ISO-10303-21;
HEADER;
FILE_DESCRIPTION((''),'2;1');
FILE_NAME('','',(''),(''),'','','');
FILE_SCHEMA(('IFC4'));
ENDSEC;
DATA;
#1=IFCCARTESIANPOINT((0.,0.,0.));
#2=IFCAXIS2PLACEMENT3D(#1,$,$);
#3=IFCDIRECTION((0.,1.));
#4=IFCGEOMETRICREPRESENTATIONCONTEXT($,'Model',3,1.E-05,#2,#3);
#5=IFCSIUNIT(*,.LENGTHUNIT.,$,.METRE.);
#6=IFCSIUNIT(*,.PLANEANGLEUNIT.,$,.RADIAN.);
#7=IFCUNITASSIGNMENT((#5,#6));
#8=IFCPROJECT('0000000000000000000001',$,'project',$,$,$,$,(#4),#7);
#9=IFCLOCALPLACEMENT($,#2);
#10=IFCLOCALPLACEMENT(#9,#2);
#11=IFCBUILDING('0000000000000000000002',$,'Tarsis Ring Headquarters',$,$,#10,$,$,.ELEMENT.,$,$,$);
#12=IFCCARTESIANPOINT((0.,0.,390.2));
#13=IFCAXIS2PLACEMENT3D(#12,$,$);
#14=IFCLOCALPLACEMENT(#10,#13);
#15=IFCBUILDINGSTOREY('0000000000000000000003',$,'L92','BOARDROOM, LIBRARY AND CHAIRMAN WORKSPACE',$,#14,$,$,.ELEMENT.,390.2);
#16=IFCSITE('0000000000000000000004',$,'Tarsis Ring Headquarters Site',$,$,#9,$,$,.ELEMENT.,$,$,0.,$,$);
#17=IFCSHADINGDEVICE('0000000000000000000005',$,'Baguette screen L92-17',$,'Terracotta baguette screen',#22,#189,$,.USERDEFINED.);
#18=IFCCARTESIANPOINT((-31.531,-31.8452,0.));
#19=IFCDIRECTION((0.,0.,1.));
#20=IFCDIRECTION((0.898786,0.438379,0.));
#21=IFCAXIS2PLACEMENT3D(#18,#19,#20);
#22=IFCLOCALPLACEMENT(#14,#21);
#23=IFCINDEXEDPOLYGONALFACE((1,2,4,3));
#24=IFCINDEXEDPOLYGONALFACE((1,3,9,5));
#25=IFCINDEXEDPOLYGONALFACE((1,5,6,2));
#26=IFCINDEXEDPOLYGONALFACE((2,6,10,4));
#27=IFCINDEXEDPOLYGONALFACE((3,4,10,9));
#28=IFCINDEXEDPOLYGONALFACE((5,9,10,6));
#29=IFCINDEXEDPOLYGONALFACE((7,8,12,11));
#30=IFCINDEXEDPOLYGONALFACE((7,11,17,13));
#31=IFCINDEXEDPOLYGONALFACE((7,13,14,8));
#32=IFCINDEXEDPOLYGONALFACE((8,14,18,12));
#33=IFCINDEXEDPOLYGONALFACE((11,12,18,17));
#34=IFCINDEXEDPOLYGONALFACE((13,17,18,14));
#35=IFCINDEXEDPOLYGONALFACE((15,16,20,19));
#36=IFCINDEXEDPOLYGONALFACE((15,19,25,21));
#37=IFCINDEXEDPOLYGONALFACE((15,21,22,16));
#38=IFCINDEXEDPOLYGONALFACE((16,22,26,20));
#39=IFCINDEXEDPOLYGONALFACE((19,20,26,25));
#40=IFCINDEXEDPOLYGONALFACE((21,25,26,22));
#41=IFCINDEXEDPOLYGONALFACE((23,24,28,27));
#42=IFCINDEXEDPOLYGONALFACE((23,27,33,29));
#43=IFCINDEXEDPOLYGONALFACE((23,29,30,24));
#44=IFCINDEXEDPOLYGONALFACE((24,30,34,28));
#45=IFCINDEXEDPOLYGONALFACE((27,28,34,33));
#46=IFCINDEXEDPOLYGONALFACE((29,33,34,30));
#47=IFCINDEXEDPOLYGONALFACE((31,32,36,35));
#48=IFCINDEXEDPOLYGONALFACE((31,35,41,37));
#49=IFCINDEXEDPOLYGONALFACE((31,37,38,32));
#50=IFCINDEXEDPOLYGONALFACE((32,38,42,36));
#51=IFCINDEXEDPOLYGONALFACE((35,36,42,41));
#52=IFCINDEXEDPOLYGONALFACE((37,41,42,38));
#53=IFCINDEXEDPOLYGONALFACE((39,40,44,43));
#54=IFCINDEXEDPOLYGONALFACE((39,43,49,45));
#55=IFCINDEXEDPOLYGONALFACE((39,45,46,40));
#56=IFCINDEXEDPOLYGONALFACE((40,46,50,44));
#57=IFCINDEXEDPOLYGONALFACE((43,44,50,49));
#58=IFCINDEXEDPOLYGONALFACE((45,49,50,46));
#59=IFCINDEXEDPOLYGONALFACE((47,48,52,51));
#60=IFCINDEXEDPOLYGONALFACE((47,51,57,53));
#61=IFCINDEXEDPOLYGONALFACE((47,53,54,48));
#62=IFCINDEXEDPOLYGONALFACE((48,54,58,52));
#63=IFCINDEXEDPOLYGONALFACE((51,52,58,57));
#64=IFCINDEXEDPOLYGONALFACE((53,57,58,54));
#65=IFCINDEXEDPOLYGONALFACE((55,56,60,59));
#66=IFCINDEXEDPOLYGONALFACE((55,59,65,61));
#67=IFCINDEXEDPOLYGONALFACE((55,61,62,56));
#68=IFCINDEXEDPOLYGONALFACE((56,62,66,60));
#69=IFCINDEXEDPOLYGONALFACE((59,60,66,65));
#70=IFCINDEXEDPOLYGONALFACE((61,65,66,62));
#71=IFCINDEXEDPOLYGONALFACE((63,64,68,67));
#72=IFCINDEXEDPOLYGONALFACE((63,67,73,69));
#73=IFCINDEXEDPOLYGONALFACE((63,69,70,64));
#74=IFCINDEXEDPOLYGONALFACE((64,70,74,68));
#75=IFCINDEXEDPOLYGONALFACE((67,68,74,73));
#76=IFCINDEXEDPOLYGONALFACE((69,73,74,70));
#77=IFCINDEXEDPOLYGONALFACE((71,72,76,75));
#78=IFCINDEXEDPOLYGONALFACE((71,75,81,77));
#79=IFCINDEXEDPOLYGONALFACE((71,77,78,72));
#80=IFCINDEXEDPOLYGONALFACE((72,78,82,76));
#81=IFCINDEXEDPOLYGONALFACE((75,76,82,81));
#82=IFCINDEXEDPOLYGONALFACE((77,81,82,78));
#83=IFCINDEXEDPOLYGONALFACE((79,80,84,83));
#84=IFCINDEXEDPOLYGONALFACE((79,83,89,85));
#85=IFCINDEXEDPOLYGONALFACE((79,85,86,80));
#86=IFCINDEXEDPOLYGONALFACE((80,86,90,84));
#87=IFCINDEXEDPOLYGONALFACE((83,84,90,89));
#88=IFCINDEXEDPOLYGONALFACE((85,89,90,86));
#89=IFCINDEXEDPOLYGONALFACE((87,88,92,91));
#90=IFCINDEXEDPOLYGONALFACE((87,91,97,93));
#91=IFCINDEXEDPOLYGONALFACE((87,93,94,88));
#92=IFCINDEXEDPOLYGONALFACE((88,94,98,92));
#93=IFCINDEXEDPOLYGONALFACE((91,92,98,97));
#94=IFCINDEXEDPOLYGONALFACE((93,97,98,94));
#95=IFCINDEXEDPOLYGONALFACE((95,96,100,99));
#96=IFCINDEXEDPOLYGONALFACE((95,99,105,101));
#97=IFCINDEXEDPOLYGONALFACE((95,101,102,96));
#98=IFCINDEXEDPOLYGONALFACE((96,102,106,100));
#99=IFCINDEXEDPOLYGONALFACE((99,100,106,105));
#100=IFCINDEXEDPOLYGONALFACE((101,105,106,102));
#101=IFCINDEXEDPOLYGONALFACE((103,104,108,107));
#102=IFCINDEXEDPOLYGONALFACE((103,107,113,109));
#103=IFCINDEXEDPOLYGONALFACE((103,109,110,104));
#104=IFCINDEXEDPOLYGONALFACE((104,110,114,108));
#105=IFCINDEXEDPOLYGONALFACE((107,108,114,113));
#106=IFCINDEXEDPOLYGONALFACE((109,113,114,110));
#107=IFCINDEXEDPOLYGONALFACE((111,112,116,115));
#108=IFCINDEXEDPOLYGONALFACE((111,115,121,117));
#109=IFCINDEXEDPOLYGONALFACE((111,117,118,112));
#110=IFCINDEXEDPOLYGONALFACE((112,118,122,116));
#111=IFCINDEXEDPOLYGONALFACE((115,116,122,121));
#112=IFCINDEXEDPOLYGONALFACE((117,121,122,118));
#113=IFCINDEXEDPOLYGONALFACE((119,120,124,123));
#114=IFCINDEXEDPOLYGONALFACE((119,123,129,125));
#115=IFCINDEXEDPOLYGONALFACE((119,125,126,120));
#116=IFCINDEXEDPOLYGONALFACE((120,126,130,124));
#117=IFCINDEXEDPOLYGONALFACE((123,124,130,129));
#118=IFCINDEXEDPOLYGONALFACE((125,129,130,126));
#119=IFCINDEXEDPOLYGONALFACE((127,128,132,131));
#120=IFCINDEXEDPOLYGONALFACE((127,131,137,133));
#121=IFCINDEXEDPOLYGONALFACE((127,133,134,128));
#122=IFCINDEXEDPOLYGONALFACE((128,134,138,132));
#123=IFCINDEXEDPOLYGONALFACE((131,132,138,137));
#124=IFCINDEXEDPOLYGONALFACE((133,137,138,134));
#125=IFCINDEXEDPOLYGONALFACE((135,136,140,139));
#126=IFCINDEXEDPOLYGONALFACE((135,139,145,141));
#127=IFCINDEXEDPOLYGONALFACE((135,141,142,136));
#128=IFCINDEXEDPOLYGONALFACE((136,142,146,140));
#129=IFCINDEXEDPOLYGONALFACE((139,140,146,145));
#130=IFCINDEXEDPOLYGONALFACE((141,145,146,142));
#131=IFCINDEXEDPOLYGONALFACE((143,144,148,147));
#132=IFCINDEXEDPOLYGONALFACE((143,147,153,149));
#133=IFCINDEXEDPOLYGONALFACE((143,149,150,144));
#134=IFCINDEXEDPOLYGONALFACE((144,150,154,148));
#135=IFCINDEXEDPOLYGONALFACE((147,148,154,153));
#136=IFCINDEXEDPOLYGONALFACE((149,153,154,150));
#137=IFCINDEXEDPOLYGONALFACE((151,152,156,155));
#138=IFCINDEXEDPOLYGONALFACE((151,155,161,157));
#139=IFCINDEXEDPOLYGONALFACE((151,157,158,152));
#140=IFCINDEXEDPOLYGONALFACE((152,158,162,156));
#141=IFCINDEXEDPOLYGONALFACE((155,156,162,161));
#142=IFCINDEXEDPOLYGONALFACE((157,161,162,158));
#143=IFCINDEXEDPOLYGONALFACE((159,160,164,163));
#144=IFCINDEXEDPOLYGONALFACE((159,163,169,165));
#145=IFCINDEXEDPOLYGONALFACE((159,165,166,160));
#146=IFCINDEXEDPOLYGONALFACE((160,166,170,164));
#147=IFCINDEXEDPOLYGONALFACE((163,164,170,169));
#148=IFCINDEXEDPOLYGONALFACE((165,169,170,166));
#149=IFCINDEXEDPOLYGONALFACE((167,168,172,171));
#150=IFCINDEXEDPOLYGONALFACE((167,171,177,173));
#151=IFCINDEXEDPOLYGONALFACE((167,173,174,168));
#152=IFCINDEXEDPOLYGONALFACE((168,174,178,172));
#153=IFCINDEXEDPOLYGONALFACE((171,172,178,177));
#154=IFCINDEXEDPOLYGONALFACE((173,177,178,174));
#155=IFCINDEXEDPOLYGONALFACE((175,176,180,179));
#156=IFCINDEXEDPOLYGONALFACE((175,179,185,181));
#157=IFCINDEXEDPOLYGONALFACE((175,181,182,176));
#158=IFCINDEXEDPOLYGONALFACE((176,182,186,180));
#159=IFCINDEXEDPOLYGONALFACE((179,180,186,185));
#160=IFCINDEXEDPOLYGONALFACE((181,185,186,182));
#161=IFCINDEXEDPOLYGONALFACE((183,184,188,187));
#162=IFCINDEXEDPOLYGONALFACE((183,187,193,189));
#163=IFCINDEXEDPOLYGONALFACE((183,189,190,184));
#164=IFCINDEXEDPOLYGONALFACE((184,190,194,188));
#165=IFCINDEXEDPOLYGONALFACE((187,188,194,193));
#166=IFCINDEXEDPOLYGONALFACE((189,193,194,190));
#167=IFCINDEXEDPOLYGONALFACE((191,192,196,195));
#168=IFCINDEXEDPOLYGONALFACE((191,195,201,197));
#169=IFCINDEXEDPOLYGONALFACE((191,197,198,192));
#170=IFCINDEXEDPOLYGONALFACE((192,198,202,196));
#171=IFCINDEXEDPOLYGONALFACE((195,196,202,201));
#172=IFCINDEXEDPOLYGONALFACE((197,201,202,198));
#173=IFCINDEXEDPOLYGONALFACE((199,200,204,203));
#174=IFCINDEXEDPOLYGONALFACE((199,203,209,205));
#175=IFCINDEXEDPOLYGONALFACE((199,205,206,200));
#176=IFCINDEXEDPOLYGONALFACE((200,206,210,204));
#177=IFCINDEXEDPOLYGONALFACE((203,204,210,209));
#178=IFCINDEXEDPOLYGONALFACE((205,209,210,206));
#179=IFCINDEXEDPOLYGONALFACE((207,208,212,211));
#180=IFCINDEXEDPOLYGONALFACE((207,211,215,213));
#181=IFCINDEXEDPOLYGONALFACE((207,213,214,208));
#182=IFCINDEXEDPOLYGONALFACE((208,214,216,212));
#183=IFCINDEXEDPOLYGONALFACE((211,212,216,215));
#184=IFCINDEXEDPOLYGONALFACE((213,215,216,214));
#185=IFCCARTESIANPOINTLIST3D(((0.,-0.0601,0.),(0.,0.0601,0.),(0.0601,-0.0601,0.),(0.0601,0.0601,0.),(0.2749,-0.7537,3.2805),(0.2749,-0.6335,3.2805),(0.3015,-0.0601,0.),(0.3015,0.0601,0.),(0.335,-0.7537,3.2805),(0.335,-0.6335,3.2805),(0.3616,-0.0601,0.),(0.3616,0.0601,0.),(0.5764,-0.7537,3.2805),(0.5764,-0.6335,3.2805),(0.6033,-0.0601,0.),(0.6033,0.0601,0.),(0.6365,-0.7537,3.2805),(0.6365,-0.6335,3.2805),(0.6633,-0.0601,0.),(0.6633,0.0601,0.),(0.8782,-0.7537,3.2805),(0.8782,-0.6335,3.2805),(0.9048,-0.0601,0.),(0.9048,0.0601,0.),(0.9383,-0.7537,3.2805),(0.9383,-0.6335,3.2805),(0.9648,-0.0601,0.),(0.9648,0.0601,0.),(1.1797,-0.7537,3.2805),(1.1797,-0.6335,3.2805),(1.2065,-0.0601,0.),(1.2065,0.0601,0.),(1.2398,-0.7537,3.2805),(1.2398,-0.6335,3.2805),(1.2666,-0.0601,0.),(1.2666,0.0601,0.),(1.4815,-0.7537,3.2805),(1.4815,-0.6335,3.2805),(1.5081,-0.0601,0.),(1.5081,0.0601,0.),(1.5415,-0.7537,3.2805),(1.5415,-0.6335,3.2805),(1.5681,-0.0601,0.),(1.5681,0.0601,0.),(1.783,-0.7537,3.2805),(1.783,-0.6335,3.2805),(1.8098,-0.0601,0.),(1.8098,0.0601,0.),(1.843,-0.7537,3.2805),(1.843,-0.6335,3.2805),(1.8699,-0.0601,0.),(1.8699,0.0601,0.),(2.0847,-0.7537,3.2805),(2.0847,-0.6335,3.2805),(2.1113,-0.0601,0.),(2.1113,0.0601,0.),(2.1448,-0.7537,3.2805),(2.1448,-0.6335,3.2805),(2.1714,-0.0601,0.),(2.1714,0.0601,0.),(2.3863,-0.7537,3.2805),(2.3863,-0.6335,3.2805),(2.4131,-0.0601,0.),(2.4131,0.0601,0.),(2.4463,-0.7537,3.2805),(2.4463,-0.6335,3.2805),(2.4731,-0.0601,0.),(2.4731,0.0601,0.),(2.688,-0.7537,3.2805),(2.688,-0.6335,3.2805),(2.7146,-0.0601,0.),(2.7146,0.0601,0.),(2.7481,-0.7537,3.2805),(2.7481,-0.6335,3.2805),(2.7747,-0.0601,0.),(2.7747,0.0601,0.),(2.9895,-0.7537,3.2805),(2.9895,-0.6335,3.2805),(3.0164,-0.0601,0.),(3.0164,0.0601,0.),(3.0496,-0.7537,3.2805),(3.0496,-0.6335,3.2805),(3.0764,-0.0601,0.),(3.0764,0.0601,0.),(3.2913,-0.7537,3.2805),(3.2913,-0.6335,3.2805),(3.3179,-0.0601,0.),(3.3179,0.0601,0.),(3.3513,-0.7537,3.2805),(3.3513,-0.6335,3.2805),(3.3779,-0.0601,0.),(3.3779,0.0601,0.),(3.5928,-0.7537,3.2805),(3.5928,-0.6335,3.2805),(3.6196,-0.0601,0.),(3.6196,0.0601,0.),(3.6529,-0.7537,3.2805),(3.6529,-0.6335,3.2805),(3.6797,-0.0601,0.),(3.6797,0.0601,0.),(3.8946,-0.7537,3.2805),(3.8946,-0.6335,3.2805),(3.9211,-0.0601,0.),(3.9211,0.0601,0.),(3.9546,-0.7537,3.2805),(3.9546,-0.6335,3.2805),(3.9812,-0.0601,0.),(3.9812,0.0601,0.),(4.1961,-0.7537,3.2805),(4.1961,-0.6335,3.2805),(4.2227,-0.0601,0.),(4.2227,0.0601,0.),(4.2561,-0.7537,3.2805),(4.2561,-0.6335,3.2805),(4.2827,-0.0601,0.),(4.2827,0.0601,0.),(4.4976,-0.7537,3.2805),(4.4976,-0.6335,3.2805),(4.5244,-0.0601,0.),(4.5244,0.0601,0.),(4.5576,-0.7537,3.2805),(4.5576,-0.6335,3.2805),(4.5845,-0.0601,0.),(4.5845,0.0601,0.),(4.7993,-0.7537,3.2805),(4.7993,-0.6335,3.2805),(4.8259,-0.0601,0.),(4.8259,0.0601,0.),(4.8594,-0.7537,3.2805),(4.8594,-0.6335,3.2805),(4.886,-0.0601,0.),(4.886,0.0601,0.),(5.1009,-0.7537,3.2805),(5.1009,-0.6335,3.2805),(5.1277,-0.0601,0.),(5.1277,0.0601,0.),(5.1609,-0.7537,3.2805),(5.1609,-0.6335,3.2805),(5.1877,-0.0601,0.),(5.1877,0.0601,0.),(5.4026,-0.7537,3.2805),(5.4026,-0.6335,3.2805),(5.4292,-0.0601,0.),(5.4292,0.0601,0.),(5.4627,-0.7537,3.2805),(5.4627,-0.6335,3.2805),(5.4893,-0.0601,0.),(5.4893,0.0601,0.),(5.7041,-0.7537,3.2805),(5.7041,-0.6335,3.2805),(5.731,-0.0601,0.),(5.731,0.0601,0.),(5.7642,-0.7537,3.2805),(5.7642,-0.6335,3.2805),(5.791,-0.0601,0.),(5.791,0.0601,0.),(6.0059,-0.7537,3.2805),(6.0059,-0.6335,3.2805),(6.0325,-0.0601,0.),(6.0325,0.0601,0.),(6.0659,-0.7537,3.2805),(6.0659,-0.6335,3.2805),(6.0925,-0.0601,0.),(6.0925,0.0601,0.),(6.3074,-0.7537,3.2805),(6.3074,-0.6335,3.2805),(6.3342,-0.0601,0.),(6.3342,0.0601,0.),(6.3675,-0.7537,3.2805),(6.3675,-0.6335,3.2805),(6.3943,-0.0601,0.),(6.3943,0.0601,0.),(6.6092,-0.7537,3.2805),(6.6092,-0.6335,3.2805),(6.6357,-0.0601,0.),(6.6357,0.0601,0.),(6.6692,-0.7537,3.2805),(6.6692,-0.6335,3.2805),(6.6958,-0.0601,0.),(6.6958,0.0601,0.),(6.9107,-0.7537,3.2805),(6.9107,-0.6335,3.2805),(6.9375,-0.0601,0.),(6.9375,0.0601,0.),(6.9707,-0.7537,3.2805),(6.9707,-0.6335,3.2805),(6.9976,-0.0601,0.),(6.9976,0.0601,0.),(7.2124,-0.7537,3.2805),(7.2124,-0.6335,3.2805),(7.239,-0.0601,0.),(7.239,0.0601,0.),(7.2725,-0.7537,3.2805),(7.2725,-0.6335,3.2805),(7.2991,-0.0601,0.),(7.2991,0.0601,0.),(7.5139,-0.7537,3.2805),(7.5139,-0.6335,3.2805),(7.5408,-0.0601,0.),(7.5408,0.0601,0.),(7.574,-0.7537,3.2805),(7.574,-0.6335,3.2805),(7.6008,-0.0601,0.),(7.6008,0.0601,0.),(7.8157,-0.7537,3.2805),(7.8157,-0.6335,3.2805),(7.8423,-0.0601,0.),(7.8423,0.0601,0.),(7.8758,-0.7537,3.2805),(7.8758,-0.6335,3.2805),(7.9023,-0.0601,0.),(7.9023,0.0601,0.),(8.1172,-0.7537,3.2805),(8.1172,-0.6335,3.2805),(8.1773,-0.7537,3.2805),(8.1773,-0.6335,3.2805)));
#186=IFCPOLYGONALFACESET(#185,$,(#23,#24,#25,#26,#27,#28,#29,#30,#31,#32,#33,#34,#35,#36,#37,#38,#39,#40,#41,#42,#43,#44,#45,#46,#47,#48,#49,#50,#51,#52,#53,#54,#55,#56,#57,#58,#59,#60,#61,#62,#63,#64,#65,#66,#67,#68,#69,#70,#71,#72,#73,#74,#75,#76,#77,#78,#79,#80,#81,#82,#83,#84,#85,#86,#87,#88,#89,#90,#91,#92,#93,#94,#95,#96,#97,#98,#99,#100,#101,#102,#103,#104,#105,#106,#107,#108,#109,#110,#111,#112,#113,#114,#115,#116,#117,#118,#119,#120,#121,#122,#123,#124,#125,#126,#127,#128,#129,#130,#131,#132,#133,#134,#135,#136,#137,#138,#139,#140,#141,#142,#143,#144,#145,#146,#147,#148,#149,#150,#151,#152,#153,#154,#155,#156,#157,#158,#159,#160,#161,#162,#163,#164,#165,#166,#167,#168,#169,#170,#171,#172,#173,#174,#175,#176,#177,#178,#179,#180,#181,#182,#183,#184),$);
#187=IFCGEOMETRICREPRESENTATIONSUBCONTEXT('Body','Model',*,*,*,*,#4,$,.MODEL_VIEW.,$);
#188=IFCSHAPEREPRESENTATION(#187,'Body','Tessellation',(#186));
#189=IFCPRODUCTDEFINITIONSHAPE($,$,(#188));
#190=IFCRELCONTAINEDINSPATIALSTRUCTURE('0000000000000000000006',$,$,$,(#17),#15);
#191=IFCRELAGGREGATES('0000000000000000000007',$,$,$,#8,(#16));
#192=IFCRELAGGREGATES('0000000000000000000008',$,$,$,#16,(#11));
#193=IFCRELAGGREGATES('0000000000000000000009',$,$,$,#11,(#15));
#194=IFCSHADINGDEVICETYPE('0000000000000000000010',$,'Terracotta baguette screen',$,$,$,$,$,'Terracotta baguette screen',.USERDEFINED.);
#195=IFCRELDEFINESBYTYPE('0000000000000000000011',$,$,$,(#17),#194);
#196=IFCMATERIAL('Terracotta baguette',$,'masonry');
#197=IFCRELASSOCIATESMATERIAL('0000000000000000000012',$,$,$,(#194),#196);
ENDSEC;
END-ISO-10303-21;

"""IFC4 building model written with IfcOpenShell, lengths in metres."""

from ifc_helpers import new_model, si_unit, direction, frame, frame_2d, origin, place, context, subcontext, project, spatial, rectangle, composite_profile, extrude, material, type_object, element, save


model = new_model("IFC4")

# Units and contexts
model_context = context("Model", 3, precision=1e-05, world=origin(), true_north=direction((0.0, 1.0)))
body_context = subcontext(model_context, "Body", "Model", "MODEL_VIEW")
ifc_project = project(units=[si_unit("LENGTHUNIT", "METRE"), si_unit("PLANEANGLEUNIT", "RADIAN")], contexts=[model_context])

# Site, building, storey
site_placement = place(None, origin())
site = spatial("IfcSite", under=ifc_project, at=site_placement, Name="Tarsis Ring Headquarters Site", CompositionType="ELEMENT", RefElevation=0.0)
building_placement = place(site_placement, origin())
building = spatial("IfcBuilding", under=site, at=building_placement, Name="Tarsis Ring Headquarters", CompositionType="ELEMENT")
storey_placement = place(building_placement, frame((0.0, 0.0, 390.2)))
storey = spatial("IfcBuildingStorey", under=building, at=storey_placement, Name="L92", Description="BOARDROOM, LIBRARY AND CHAIRMAN WORKSPACE", CompositionType="ELEMENT", Elevation=390.2)

# Shading device
ifc_material_1 = material(Name="Terracotta baguette", Category="masonry")
shading_device_type_1 = type_object("IfcShadingDeviceType", Name="Terracotta baguette screen", ElementType="Terracotta baguette screen", PredefinedType="USERDEFINED", material=ifc_material_1)
shading_device_1_placement = place(storey_placement, frame((-31.531, -31.8452, 0.0), z_axis=(0.0, 0.0, 1.0), x_axis=(0.898786, 0.438379, 0.0)))
element("IfcShadingDevice", 1, at=shading_device_1_placement, inside=storey, type_object=shading_device_type_1, Name="Baguette screen L92-17", ObjectType="Terracotta baguette screen", PredefinedType="USERDEFINED", context=body_context, shape_type="SweptSolid", body=[
    extrude(composite_profile([rectangle(XDim=0.0601, YDim=0.1201, at=frame_2d((0.03, 0.0))), rectangle(XDim=0.0601, YDim=0.1201, at=frame_2d((0.3315, 0.0))), rectangle(XDim=0.0601, YDim=0.1201, at=frame_2d((0.6333, 0.0))), rectangle(XDim=0.0601, YDim=0.1201, at=frame_2d((0.9348, 0.0))), rectangle(XDim=0.0601, YDim=0.1201, at=frame_2d((1.2366, 0.0))), rectangle(XDim=0.0601, YDim=0.1201, at=frame_2d((1.5381, 0.0))), rectangle(XDim=0.0601, YDim=0.1201, at=frame_2d((1.8398, 0.0))), rectangle(XDim=0.0601, YDim=0.1201, at=frame_2d((2.1414, 0.0))), rectangle(XDim=0.0601, YDim=0.1201, at=frame_2d((2.4431, 0.0))), rectangle(XDim=0.0601, YDim=0.1201, at=frame_2d((2.7446, 0.0))), rectangle(XDim=0.0601, YDim=0.1201, at=frame_2d((3.0464, 0.0))), rectangle(XDim=0.0601, YDim=0.1201, at=frame_2d((3.3479, 0.0))), rectangle(XDim=0.0601, YDim=0.1201, at=frame_2d((3.6497, 0.0))), rectangle(XDim=0.0601, YDim=0.1201, at=frame_2d((3.9512, 0.0))), rectangle(XDim=0.0601, YDim=0.1201, at=frame_2d((4.2527, 0.0))), rectangle(XDim=0.0601, YDim=0.1201, at=frame_2d((4.5544, 0.0))), rectangle(XDim=0.0601, YDim=0.1201, at=frame_2d((4.856, 0.0))), rectangle(XDim=0.0601, YDim=0.1201, at=frame_2d((5.1577, 0.0))), rectangle(XDim=0.0601, YDim=0.1201, at=frame_2d((5.4592, 0.0))), rectangle(XDim=0.0601, YDim=0.1201, at=frame_2d((5.761, 0.0))), rectangle(XDim=0.0601, YDim=0.1201, at=frame_2d((6.0625, 0.0))), rectangle(XDim=0.0601, YDim=0.1201, at=frame_2d((6.3643, 0.0))), rectangle(XDim=0.0601, YDim=0.1201, at=frame_2d((6.6658, 0.0))), rectangle(XDim=0.0601, YDim=0.1201, at=frame_2d((6.9675, 0.0))), rectangle(XDim=0.0601, YDim=0.1201, at=frame_2d((7.269, 0.0))), rectangle(XDim=0.0601, YDim=0.1201, at=frame_2d((7.5708, 0.0))), rectangle(XDim=0.0601, YDim=0.1201, at=frame_2d((7.8723, 0.0)))]), origin(), (0.081722, -0.206168, 0.975098), 3.3643),
])

save(model, "model.ifc")
